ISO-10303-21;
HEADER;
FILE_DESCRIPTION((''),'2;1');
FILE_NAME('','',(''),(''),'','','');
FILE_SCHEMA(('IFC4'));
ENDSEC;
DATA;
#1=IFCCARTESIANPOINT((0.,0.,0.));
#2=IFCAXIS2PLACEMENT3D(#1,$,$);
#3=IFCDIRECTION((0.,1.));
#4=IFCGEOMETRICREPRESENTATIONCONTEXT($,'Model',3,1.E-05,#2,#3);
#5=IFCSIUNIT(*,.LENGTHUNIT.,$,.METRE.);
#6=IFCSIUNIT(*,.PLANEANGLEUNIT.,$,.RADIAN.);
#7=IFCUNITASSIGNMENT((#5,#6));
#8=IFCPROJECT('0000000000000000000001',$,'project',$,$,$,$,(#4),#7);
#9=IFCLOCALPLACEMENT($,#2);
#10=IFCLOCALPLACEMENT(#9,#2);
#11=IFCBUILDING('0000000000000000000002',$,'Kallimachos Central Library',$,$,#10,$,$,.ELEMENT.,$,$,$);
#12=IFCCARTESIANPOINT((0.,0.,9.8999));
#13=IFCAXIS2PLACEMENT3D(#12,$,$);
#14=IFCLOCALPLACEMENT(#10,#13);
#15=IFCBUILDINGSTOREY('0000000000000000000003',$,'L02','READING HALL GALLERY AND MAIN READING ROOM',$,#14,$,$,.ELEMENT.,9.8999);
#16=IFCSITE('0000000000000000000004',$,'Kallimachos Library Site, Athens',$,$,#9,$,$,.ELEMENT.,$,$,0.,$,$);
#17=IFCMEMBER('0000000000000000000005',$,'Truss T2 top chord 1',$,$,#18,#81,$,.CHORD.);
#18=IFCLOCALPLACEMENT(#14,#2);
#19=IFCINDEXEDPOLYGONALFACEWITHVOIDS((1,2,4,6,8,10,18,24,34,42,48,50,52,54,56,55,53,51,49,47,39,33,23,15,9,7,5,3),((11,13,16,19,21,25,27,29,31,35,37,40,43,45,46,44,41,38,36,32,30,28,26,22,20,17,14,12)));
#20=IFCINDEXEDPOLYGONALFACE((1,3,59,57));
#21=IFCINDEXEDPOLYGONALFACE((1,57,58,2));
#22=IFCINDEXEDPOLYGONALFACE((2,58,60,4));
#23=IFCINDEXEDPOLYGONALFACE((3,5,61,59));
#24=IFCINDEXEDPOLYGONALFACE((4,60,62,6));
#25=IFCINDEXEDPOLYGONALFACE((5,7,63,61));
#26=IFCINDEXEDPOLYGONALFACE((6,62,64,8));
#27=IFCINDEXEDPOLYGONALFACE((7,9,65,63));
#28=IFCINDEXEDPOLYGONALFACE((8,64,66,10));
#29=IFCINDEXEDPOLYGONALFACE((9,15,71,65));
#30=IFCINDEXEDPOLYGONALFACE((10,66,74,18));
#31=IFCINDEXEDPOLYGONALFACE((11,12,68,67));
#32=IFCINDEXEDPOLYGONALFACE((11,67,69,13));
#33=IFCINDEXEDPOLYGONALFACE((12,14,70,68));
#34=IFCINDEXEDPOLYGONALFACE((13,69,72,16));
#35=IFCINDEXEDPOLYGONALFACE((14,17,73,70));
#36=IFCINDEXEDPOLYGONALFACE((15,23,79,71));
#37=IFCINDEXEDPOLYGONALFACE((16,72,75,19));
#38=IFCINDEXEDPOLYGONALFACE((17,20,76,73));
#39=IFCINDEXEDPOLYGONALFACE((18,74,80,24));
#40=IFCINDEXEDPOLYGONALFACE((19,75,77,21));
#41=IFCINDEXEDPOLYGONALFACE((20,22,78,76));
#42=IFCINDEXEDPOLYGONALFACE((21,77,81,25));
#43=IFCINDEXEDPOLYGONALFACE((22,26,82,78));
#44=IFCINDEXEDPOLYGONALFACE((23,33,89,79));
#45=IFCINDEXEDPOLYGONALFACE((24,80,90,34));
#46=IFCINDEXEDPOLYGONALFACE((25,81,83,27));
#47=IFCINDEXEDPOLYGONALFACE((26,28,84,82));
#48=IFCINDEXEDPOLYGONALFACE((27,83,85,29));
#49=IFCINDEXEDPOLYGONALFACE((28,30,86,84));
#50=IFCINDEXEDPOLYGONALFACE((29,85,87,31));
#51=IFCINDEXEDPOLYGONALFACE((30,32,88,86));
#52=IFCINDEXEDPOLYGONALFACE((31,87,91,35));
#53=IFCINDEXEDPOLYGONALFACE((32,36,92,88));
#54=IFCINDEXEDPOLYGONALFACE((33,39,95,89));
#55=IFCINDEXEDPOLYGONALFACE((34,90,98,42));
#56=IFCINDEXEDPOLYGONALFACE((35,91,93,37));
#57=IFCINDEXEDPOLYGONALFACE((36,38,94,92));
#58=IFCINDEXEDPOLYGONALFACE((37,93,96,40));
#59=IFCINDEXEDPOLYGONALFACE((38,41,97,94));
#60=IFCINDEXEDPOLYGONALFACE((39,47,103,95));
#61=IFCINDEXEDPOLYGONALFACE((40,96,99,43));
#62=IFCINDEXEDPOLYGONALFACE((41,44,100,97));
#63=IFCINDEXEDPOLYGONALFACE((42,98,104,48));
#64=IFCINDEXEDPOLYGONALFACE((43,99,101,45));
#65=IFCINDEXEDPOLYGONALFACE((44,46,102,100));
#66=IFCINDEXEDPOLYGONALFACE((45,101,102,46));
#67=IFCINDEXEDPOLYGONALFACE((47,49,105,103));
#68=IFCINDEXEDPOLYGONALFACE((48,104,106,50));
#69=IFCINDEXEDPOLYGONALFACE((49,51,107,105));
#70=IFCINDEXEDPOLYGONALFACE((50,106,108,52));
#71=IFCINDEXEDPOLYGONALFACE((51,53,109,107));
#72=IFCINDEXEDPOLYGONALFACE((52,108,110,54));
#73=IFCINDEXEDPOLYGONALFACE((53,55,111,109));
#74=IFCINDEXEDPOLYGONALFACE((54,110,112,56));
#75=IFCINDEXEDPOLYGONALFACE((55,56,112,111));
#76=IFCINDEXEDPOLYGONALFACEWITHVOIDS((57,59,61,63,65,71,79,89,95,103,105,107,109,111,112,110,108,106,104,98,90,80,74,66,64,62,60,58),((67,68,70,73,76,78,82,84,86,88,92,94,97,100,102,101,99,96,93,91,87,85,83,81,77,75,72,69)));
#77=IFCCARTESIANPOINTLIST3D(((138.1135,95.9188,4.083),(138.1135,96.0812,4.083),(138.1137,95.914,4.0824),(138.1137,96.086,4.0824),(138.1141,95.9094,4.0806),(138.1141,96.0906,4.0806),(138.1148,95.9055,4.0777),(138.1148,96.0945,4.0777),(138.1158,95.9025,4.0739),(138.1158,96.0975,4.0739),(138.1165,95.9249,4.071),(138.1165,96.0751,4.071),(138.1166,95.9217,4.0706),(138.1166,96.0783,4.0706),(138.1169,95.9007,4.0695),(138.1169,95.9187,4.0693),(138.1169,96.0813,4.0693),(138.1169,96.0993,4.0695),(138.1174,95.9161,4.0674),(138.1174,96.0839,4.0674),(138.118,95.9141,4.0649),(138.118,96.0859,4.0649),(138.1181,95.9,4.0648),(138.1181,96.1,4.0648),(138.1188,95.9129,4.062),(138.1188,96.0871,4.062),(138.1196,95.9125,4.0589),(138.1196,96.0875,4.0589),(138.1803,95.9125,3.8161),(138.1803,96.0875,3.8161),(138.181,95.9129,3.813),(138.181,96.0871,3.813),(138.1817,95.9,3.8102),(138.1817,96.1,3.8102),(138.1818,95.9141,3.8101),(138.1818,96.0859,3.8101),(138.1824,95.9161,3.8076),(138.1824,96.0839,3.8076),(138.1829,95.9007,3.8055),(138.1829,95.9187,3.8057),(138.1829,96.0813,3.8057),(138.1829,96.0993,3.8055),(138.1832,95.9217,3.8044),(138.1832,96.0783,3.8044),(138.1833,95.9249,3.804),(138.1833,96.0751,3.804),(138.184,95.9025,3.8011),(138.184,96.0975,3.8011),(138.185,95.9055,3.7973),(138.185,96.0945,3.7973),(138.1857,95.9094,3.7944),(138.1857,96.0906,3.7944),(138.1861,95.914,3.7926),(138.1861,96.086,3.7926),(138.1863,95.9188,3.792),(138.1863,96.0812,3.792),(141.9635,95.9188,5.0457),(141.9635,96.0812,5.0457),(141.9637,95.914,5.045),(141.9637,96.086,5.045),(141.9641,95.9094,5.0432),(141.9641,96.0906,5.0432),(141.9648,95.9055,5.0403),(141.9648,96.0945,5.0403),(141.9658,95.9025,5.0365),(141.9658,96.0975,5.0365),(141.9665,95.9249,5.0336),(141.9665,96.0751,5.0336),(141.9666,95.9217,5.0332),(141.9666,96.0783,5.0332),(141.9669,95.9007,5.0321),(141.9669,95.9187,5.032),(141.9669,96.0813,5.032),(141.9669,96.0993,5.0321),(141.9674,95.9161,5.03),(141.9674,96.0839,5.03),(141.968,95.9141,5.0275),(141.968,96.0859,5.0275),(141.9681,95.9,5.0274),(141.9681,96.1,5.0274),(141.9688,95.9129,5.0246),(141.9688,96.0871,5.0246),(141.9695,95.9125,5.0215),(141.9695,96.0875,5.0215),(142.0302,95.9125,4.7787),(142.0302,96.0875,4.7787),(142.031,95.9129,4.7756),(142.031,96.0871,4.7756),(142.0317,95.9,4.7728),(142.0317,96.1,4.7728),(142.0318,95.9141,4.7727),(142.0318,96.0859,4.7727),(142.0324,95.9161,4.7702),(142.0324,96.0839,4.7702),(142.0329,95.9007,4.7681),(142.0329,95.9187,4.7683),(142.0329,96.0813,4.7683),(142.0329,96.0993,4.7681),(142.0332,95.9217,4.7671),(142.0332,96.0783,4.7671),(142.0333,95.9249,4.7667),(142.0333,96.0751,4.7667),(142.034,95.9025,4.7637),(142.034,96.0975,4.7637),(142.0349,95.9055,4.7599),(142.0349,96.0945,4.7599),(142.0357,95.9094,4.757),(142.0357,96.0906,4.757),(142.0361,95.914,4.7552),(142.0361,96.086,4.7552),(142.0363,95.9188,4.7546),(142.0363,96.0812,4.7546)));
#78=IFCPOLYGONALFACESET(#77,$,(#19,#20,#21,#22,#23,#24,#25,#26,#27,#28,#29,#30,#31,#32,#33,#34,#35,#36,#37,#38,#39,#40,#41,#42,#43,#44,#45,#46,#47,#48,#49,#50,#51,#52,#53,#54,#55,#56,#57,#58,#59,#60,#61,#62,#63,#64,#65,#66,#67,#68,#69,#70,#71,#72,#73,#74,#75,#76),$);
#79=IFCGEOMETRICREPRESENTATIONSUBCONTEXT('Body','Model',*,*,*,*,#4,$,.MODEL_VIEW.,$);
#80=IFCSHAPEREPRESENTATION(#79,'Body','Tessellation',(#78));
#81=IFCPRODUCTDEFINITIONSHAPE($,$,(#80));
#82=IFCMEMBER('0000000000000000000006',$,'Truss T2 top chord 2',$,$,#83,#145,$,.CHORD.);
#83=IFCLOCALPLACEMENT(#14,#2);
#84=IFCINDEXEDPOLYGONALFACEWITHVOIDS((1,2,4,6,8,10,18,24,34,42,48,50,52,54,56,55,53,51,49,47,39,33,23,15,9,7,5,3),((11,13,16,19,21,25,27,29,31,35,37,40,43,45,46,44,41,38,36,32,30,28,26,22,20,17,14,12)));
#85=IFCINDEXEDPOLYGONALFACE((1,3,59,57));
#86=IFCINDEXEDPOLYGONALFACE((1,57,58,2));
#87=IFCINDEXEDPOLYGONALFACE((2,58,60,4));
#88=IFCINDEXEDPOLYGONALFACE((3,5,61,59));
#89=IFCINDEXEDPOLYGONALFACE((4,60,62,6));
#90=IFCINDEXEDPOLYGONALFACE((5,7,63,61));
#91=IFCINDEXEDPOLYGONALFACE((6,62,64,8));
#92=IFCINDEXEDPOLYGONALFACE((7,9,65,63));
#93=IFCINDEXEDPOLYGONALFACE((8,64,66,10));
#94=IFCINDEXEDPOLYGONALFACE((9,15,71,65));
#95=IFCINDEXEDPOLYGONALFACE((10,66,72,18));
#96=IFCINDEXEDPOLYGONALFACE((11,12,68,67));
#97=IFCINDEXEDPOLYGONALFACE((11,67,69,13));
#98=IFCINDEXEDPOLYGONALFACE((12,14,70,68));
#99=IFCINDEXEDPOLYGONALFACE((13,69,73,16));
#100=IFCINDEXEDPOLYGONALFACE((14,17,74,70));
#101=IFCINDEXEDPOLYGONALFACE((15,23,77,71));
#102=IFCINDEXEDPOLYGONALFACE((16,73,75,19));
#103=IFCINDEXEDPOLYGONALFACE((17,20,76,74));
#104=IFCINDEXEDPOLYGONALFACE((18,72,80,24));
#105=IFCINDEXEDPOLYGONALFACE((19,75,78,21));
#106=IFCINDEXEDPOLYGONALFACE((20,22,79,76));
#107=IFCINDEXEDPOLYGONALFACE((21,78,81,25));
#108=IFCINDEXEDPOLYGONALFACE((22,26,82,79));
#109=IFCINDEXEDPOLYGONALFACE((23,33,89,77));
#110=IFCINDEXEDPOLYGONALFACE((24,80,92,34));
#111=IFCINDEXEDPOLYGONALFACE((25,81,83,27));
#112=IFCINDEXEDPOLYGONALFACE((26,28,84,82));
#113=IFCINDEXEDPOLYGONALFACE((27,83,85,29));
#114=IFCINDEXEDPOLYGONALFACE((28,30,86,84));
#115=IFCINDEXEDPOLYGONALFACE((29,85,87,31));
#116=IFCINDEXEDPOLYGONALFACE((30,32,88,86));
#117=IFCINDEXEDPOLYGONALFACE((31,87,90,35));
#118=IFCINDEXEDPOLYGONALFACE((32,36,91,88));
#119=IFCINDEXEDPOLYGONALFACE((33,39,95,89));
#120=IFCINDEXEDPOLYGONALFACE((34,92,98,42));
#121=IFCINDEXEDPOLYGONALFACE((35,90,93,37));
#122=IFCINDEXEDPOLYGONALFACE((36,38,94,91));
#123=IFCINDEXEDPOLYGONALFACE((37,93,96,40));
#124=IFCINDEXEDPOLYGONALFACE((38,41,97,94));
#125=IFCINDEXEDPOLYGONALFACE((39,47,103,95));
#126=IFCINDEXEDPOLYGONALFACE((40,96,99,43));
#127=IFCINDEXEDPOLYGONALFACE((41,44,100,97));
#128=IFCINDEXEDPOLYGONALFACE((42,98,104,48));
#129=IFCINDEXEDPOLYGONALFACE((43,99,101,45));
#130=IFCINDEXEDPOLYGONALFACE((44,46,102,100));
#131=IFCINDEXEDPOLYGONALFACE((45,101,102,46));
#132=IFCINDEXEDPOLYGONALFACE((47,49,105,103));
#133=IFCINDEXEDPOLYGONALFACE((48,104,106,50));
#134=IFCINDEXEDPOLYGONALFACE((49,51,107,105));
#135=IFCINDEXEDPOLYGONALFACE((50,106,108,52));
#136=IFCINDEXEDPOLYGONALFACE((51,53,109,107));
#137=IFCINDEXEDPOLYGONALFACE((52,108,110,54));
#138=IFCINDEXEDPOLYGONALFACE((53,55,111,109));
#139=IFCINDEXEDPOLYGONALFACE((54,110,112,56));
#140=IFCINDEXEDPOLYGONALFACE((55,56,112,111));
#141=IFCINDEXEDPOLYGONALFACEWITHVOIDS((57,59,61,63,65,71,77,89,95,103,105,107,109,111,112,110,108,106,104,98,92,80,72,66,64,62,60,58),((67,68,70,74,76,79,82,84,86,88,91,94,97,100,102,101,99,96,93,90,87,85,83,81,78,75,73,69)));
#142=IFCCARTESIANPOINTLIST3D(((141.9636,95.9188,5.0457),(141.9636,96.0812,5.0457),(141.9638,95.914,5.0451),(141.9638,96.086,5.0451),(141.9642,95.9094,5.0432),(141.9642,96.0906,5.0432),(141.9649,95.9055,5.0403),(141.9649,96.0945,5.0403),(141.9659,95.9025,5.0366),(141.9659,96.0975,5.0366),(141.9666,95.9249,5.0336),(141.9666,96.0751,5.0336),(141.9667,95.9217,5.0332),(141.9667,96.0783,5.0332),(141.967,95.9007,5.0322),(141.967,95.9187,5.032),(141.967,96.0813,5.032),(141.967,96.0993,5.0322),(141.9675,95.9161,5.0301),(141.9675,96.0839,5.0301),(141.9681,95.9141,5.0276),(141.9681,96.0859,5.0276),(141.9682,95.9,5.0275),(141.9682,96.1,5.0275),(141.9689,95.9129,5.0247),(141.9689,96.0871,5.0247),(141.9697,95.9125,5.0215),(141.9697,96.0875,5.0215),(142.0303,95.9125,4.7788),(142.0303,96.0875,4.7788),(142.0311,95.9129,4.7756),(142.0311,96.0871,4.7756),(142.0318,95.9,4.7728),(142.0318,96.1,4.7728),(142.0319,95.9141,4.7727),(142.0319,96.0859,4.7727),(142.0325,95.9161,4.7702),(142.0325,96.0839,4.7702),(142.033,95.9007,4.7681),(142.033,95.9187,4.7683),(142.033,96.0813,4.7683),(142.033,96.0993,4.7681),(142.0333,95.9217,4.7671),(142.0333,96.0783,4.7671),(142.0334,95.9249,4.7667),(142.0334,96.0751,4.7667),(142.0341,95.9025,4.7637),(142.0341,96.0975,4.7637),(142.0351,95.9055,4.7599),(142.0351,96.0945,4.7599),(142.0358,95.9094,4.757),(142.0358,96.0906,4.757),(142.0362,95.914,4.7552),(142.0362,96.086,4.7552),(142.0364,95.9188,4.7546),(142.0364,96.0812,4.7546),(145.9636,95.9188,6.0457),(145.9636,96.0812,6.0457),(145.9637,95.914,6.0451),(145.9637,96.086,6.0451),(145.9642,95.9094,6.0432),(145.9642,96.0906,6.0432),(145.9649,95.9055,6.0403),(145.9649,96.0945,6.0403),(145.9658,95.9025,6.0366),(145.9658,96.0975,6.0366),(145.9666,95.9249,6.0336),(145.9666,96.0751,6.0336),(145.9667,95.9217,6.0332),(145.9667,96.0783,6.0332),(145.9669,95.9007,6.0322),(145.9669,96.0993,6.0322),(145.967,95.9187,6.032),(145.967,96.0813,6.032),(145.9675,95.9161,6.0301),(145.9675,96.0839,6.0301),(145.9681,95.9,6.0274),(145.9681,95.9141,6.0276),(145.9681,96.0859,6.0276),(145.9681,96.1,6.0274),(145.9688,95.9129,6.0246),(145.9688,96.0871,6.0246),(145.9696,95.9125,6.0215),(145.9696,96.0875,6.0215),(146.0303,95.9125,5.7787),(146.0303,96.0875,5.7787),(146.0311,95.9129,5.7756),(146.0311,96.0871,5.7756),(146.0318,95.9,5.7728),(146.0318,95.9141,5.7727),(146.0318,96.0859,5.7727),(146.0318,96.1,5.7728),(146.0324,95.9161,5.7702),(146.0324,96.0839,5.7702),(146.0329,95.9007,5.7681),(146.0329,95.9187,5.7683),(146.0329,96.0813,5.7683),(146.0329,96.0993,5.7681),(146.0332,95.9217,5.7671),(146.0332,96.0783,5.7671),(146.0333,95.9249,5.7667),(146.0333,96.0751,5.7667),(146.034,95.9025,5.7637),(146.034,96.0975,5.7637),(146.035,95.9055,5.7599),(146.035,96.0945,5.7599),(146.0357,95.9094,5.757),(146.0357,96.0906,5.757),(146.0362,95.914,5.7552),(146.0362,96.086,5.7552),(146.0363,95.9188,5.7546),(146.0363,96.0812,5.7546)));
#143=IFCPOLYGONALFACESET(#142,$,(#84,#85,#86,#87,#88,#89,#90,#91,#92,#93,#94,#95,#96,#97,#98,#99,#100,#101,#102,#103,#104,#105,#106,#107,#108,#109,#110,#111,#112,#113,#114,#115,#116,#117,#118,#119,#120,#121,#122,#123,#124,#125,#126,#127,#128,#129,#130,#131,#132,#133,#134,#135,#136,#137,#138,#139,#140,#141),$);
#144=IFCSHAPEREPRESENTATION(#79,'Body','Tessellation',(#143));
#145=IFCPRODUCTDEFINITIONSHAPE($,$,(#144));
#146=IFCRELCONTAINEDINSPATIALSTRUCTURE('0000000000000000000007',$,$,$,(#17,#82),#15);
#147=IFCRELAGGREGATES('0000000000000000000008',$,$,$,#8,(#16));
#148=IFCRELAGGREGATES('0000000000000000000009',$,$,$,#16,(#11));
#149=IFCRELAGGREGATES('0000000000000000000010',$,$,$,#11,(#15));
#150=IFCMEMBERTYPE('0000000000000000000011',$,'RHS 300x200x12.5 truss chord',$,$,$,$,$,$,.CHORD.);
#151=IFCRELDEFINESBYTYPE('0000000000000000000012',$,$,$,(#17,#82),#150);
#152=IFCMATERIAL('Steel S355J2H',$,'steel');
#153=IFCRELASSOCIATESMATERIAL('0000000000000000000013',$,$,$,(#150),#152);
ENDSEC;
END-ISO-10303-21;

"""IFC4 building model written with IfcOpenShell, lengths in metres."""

from ifc_helpers import new_model, si_unit, direction, frame, origin, origin_2d, place, context, subcontext, project, spatial, hollow_rectangle, extrude, material, material_profile, profile_set, type_object, element, save


model = new_model("IFC4")

# Units and contexts
model_context = context("Model", 3, precision=1e-05, world=origin(), true_north=direction((0.0, 1.0)))
body_context = subcontext(model_context, "Body", "Model", "MODEL_VIEW")
ifc_project = project(units=[si_unit("LENGTHUNIT", "METRE"), si_unit("PLANEANGLEUNIT", "RADIAN")], contexts=[model_context])

# Site, building, storey
site_placement = place(None, origin())
site = spatial("IfcSite", under=ifc_project, at=site_placement, Name="Kallimachos Library Site, Athens", CompositionType="ELEMENT", RefElevation=0.0)
building_placement = place(site_placement, origin())
building = spatial("IfcBuilding", under=site, at=building_placement, Name="Kallimachos Central Library", CompositionType="ELEMENT")
storey_placement = place(building_placement, frame((0.0, 0.0, 9.8999)))
storey = spatial("IfcBuildingStorey", under=building, at=storey_placement, Name="L02", Description="READING HALL GALLERY AND MAIN READING ROOM", CompositionType="ELEMENT", Elevation=9.8999)

# Members
ifc_material_1 = material(Name="Steel S355J2H", Category="steel")
ifc_material_profile_1 = material_profile(ifc_material_1, hollow_rectangle(XDim=0.2, YDim=0.3, WallThickness=0.0125, InnerFilletRadius=0.0125, OuterFilletRadius=0.0188, at=origin_2d()), Name="RHS 300x200x12.5")
ifc_profile_set_1 = profile_set([ifc_material_profile_1], Name="Steel S355J2H")
member_type_1 = type_object("IfcMemberType", Name="RHS 300x200x12.5 truss chord", PredefinedType="CHORD", material=ifc_profile_set_1)
member_1_placement = place(storey_placement, frame((138.1499, 96.0, 3.9375), z_axis=(0.970135, 0.0, 0.242565), x_axis=(0.0, 1.0, 0.0)))
element("IfcMember", 1, at=member_1_placement, inside=storey, type_object=member_type_1, Name="Truss T2 top chord 1", PredefinedType="CHORD", context=body_context, shape_type="SweptSolid", body=[
    extrude(hollow_rectangle(XDim=0.2, YDim=0.3, WallThickness=0.0125, InnerFilletRadius=0.0125, OuterFilletRadius=0.0188, at=origin_2d()), origin(), (0.0, 0.0, 1.0), 3.9685),
])
for number, where, z_axis, x_axis, name in (
    (2, (142.0, 96.0, 4.9001), (0.970143, 0.0, 0.242536), (0.0, 1.0, 0.0), "Truss T2 top chord 2"),
):
    element("IfcMember", number, at=place(storey_placement, frame(where, z_axis=z_axis, x_axis=x_axis)), inside=storey, type_object=member_type_1, Name=name, PredefinedType="CHORD", context=body_context, shape_type="SweptSolid", body=[
        extrude(hollow_rectangle(XDim=0.2, YDim=0.3, WallThickness=0.0125, InnerFilletRadius=0.0125, OuterFilletRadius=0.0188, at=origin_2d()), origin(), (0.0, 0.0, 1.0), 4.123),
    ])

save(model, "model.ifc")
